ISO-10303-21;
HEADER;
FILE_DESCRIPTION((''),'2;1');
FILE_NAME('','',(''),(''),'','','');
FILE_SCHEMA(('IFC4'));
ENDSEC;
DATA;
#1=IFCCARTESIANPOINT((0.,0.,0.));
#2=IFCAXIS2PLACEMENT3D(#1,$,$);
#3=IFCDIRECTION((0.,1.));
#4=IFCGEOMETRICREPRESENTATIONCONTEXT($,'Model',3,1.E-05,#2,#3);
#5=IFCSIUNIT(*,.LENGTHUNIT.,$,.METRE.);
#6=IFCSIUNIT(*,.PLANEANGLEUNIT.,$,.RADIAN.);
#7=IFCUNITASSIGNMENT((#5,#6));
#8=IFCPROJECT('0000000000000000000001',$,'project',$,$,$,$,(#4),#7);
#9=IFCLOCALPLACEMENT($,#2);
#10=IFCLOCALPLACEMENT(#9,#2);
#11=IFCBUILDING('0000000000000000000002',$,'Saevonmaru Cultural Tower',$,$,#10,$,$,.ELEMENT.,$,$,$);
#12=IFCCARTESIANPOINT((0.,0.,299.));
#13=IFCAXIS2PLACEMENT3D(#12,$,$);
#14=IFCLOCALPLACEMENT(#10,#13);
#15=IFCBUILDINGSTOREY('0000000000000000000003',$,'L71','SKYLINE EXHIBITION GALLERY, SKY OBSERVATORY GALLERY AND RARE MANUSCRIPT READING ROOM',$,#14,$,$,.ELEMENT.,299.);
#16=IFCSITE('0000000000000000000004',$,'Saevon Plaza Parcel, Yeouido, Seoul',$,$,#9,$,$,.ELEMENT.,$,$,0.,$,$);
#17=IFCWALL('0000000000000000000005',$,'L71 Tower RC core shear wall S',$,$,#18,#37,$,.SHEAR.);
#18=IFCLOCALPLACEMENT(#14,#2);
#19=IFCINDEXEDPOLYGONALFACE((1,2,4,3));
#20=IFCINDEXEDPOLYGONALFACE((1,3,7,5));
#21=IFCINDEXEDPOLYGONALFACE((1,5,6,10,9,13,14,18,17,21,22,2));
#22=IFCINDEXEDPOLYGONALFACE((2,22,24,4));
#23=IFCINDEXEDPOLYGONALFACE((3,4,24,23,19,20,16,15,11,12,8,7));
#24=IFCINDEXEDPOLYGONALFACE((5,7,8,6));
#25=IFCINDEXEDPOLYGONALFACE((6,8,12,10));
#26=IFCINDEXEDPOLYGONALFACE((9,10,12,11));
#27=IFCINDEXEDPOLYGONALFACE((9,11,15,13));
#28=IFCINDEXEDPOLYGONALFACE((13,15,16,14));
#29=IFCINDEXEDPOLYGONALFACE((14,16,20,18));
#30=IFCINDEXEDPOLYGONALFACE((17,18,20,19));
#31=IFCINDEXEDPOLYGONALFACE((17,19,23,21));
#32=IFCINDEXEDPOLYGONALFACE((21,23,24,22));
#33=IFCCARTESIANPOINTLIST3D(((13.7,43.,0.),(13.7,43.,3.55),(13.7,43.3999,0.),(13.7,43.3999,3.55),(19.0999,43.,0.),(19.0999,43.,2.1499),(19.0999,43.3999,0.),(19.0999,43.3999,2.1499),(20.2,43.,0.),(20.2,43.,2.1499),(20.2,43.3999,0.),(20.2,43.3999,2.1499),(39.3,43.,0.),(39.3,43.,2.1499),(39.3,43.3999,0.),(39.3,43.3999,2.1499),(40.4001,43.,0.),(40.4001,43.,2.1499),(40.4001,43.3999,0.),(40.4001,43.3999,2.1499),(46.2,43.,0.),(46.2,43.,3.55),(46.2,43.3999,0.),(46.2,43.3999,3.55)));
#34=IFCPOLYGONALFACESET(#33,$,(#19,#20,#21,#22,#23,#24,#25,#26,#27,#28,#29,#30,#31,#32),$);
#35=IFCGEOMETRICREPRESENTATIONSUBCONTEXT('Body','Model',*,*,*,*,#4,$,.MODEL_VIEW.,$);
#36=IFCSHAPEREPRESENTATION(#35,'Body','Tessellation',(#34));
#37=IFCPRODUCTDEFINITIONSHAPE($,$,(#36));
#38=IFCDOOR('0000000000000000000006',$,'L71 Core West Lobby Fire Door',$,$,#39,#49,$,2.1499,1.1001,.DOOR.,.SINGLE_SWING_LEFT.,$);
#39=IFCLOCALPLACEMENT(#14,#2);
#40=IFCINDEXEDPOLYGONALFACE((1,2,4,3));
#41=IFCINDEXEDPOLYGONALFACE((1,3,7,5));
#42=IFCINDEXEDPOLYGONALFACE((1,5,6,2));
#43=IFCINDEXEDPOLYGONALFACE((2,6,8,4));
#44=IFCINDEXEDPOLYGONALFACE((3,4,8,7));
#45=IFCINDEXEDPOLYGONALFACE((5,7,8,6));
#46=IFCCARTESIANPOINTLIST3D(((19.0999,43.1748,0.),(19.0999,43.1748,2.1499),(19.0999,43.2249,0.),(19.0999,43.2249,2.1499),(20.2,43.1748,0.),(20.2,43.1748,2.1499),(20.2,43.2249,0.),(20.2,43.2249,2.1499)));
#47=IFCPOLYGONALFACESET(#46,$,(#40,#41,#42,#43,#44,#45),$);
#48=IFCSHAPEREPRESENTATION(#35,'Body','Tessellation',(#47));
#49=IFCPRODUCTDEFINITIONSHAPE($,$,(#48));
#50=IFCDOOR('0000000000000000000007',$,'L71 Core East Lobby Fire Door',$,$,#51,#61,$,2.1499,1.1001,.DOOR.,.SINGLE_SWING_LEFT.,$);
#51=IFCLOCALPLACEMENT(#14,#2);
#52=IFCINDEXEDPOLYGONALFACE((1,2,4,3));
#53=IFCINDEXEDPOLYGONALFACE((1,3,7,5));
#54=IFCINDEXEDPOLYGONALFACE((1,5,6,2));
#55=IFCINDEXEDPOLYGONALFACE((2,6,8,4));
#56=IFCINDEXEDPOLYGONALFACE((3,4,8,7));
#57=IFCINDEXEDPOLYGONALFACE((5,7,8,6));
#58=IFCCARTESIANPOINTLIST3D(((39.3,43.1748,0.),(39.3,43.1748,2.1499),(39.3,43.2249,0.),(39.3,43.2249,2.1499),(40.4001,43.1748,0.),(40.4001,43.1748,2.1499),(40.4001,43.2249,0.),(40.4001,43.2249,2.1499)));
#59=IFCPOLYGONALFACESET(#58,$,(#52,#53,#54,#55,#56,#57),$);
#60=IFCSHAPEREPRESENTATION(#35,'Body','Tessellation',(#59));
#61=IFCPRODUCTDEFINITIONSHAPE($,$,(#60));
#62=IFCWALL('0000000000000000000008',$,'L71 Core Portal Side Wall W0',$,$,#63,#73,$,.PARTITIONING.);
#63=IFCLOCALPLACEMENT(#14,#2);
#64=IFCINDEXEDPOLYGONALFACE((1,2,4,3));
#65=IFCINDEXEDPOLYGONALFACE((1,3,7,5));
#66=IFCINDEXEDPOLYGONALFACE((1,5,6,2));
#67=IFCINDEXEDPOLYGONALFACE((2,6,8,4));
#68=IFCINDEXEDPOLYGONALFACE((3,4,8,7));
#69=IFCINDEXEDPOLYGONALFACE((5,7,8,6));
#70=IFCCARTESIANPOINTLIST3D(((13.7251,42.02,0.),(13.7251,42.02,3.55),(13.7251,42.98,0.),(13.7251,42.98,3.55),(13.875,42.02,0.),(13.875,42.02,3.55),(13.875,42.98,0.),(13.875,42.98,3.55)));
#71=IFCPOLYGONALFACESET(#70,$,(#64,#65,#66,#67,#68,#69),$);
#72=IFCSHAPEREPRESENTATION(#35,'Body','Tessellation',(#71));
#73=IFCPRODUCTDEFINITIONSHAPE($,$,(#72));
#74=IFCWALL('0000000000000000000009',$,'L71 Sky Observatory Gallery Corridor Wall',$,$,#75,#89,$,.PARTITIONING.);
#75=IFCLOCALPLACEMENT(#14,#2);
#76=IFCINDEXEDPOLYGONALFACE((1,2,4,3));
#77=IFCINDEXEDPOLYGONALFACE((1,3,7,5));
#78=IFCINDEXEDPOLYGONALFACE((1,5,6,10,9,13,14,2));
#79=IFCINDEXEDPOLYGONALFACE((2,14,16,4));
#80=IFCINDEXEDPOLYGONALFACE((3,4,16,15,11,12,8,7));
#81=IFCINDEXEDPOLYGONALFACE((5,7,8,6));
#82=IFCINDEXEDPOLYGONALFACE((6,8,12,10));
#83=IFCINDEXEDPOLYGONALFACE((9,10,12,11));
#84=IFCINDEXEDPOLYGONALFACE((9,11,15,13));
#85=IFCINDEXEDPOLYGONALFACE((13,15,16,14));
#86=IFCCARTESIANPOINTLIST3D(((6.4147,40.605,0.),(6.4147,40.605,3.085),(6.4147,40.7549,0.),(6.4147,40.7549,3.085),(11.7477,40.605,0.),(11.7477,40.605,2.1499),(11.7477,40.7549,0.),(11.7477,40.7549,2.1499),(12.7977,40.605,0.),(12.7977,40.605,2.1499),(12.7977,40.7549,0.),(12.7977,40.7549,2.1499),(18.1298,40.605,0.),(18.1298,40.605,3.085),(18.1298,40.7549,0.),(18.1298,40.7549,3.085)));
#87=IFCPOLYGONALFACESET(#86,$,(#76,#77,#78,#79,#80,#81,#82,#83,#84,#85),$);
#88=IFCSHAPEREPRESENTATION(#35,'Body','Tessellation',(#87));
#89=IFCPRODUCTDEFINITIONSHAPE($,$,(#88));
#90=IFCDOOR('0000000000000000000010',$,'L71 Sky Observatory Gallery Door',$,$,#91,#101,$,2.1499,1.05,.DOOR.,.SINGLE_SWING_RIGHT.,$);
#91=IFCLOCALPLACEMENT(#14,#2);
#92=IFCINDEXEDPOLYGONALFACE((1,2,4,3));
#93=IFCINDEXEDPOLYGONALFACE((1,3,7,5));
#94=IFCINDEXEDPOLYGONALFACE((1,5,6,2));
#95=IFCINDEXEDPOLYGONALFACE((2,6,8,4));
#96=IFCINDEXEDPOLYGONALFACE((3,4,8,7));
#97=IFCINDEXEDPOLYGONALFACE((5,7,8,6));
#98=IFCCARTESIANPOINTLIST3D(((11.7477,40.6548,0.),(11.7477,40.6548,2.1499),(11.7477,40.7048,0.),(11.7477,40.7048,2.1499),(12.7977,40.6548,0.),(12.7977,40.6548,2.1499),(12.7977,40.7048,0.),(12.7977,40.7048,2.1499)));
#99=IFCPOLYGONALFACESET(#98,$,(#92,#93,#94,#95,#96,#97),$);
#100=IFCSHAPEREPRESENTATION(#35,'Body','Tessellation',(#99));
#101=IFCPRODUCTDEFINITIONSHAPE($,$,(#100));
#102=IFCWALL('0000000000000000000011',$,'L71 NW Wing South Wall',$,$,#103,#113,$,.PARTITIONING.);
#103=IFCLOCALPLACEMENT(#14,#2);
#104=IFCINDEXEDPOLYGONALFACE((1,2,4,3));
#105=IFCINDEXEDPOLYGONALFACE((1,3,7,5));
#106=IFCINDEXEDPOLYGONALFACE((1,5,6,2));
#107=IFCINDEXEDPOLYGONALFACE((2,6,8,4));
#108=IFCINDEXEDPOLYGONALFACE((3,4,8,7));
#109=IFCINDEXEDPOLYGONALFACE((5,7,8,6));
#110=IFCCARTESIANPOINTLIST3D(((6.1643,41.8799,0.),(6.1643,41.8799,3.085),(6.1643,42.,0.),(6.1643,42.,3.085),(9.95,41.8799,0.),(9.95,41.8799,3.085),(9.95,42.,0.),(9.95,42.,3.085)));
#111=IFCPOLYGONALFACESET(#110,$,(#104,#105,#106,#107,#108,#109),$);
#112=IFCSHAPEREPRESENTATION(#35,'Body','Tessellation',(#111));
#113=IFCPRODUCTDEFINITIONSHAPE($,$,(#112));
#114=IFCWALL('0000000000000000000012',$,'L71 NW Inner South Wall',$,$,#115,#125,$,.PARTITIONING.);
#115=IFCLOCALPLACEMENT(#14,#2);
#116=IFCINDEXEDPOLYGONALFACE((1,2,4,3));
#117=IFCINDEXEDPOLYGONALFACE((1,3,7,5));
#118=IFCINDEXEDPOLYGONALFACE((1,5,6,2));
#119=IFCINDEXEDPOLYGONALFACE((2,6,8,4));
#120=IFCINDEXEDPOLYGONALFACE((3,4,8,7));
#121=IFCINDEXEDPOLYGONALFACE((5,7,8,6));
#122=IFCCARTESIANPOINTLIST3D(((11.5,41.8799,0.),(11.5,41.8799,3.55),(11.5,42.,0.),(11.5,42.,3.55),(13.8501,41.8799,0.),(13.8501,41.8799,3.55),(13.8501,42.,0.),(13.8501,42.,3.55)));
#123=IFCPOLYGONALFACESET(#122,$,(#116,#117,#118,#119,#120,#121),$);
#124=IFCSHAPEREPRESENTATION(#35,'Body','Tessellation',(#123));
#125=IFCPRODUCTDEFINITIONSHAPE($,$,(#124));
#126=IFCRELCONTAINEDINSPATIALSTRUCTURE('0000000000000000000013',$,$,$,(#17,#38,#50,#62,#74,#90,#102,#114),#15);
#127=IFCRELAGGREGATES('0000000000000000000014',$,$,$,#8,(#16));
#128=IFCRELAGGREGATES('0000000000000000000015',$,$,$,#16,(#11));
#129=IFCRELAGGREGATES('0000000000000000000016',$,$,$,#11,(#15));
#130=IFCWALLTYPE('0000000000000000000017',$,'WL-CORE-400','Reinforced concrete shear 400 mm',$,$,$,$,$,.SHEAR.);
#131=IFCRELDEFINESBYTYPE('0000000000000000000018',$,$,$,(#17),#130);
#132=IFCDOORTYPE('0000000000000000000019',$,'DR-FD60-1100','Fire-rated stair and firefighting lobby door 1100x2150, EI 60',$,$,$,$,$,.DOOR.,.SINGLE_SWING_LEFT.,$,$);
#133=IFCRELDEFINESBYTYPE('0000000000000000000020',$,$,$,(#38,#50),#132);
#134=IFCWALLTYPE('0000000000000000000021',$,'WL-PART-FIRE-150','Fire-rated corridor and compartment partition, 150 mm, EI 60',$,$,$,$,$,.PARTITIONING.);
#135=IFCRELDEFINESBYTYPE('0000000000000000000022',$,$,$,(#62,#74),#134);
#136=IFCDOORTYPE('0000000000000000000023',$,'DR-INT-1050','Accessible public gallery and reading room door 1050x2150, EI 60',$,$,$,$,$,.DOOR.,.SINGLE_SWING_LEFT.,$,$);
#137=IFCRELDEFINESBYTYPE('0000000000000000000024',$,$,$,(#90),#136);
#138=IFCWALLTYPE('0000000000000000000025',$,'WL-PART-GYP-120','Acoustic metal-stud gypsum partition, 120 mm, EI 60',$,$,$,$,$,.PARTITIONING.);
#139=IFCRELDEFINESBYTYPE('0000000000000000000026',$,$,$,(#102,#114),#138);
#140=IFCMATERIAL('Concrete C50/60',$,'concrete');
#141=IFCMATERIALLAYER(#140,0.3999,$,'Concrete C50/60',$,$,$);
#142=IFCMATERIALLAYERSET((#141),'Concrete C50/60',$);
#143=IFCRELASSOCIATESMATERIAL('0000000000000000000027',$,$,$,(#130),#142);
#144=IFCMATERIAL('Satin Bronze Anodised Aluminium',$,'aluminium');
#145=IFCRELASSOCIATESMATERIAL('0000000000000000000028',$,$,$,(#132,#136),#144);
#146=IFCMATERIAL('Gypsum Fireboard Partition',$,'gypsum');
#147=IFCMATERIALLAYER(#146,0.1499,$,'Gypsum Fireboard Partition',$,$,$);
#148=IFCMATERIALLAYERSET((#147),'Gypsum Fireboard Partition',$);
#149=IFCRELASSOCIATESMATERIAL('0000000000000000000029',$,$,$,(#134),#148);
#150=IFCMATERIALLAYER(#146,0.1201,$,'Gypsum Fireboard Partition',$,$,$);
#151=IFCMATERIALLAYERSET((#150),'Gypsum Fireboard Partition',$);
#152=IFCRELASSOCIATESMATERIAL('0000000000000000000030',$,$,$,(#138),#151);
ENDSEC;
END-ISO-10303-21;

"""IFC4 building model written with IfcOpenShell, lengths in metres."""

from ifc_helpers import new_model, si_unit, direction, frame, frame_2d, origin, place, context, subcontext, project, spatial, rectangle, extrude, material, layer, layer_set, type_object, element, fill, save


model = new_model("IFC4")

# Units and contexts
model_context = context("Model", 3, precision=1e-05, world=origin(), true_north=direction((0.0, 1.0)))
body_context = subcontext(model_context, "Body", "Model", "MODEL_VIEW")
ifc_project = project(units=[si_unit("LENGTHUNIT", "METRE"), si_unit("PLANEANGLEUNIT", "RADIAN")], contexts=[model_context])

# Site, building, storey
site_placement = place(None, origin())
site = spatial("IfcSite", under=ifc_project, at=site_placement, Name="Saevon Plaza Parcel, Yeouido, Seoul", CompositionType="ELEMENT", RefElevation=0.0)
building_placement = place(site_placement, origin())
building = spatial("IfcBuilding", under=site, at=building_placement, Name="Saevonmaru Cultural Tower", CompositionType="ELEMENT")
storey_placement = place(building_placement, frame((0.0, 0.0, 299.0)))
storey = spatial("IfcBuildingStorey", under=building, at=storey_placement, Name="L71", Description="SKYLINE EXHIBITION GALLERY, SKY OBSERVATORY GALLERY AND RARE MANUSCRIPT READING ROOM", CompositionType="ELEMENT", Elevation=299.0)

# Shared definitions
ifc_material_1 = material(Name="Satin Bronze Anodised Aluminium", Category="aluminium")

# Wall, openings, doors
ifc_material_2 = material(Name="Concrete C50/60", Category="concrete")
ifc_layer_1 = layer(ifc_material_2, 0.3999, Name="Concrete C50/60")
ifc_layer_set_1 = layer_set([ifc_layer_1], Name="Concrete C50/60")
wall_type_1 = type_object("IfcWallType", Name="WL-CORE-400", Description="Reinforced concrete shear 400 mm", PredefinedType="SHEAR", material=ifc_layer_set_1)
wall_1_placement = place(storey_placement, frame((13.7, 43.2, 0.0), z_axis=(0.0, 0.0, 1.0), x_axis=(1.0, 0.0, 0.0)))
wall_1 = element("IfcWall", 1, at=wall_1_placement, inside=storey, type_object=wall_type_1, Name="L71 Tower RC core shear wall S", PredefinedType="SHEAR", context=body_context, shape_type="SweptSolid", body=[
    extrude(rectangle(XDim=32.5, YDim=0.3999, at=frame_2d((16.25, 0.0))), origin(), (0.0, 0.0, 1.0), 3.55),
])
opening_1_placement = place(wall_1_placement, frame((5.3999, 0.0, 0.0)))
opening_1 = element("IfcOpeningElement", 2, at=opening_1_placement, cuts=wall_1, PredefinedType="OPENING", context=body_context, shape_type="SweptSolid", body=[
    extrude(rectangle(XDim=1.1001, YDim=2.1499, at=frame_2d((0.55, 1.075))), frame((0.0, 0.21, 0.0), z_axis=(0.0, -1.0, 0.0), x_axis=(1.0, 0.0, 0.0)), (0.0, 0.0, 1.0), 0.4199),
])
opening_2_placement = place(wall_1_placement, frame((25.6001, 0.0, 0.0)))
opening_2 = element("IfcOpeningElement", 3, at=opening_2_placement, cuts=wall_1, PredefinedType="OPENING", context=body_context, shape_type="SweptSolid", body=[
    extrude(rectangle(XDim=1.1001, YDim=2.1499, at=frame_2d((0.55, 1.075))), frame((0.0, 0.21, 0.0), z_axis=(0.0, -1.0, 0.0), x_axis=(1.0, 0.0, 0.0)), (0.0, 0.0, 1.0), 0.4199),
])
door_type_1 = type_object("IfcDoorType", Name="DR-FD60-1100", Description="Fire-rated stair and firefighting lobby door 1100x2150, EI 60", OperationType="SINGLE_SWING_LEFT", PredefinedType="DOOR", material=ifc_material_1)
door_1_placement = place(opening_1_placement, origin())
door_1 = element("IfcDoor", 4, at=door_1_placement, inside=storey, type_object=door_type_1, Name="L71 Core West Lobby Fire Door", OperationType="SINGLE_SWING_LEFT", OverallHeight=2.1499, OverallWidth=1.1001, PredefinedType="DOOR", context=body_context, shape_type="SweptSolid", body=[
    extrude(rectangle(XDim=1.1001, YDim=2.1499, at=frame_2d((0.55, 1.075))), frame((0.0, 0.0249, 0.0), z_axis=(0.0, -1.0, 0.0), x_axis=(1.0, 0.0, 0.0)), (0.0, 0.0, 1.0), 0.05),
])
fill(opening_1, door_1)
door_2_placement = place(opening_2_placement, origin())
door_2 = element("IfcDoor", 5, at=door_2_placement, inside=storey, type_object=door_type_1, Name="L71 Core East Lobby Fire Door", OperationType="SINGLE_SWING_LEFT", OverallHeight=2.1499, OverallWidth=1.1001, PredefinedType="DOOR", context=body_context, shape_type="SweptSolid", body=[
    extrude(rectangle(XDim=1.1001, YDim=2.1499, at=frame_2d((0.55, 1.075))), frame((0.0, 0.0249, 0.0), z_axis=(0.0, -1.0, 0.0), x_axis=(1.0, 0.0, 0.0)), (0.0, 0.0, 1.0), 0.05),
])
fill(opening_2, door_2)

# Shared definitions
ifc_material_3 = material(Name="Gypsum Fireboard Partition", Category="gypsum")
ifc_layer_2 = layer(ifc_material_3, 0.1499, Name="Gypsum Fireboard Partition")
ifc_layer_set_2 = layer_set([ifc_layer_2], Name="Gypsum Fireboard Partition")
wall_type_2 = type_object("IfcWallType", Name="WL-PART-FIRE-150", Description="Fire-rated corridor and compartment partition, 150 mm, EI 60", PredefinedType="PARTITIONING", material=ifc_layer_set_2)
door_type_2 = type_object("IfcDoorType", Name="DR-INT-1050", Description="Accessible public gallery and reading room door 1050x2150, EI 60", OperationType="SINGLE_SWING_LEFT", PredefinedType="DOOR", material=ifc_material_1)

# Wall
wall_2_placement = place(storey_placement, frame((13.8, 42.02, 0.0), z_axis=(0.0, 0.0, 1.0), x_axis=(0.0, 1.0, 0.0)))
element("IfcWall", 6, at=wall_2_placement, inside=storey, type_object=wall_type_2, Name="L71 Core Portal Side Wall W0", PredefinedType="PARTITIONING", context=body_context, shape_type="SweptSolid", body=[
    extrude(rectangle(XDim=0.96, YDim=0.1499, at=frame_2d((0.48, 0.0))), origin(), (0.0, 0.0, 1.0), 3.55),
])

# Wall, opening, door
wall_3_placement = place(storey_placement, frame((6.4148, 40.6799, 0.0), z_axis=(0.0, 0.0, 1.0), x_axis=(1.0, 0.0, 0.0)))
wall_3 = element("IfcWall", 7, at=wall_3_placement, inside=storey, type_object=wall_type_2, Name="L71 Sky Observatory Gallery Corridor Wall", PredefinedType="PARTITIONING", context=body_context, shape_type="SweptSolid", body=[
    extrude(rectangle(XDim=11.7151, YDim=0.1499, at=frame_2d((5.8574, 0.0))), origin(), (0.0, 0.0, 1.0), 3.085),
])
opening_3_placement = place(wall_3_placement, frame((5.333, 0.0, 0.0)))
opening_3 = element("IfcOpeningElement", 8, at=opening_3_placement, cuts=wall_3, PredefinedType="OPENING", context=body_context, shape_type="SweptSolid", body=[
    extrude(rectangle(XDim=1.05, YDim=2.1499, at=frame_2d((0.5249, 1.075))), frame((0.0, 0.085, 0.0), z_axis=(0.0, -1.0, 0.0), x_axis=(1.0, 0.0, 0.0)), (0.0, 0.0, 1.0), 0.1699),
])
door_3_placement = place(opening_3_placement, origin())
door_3 = element("IfcDoor", 9, at=door_3_placement, inside=storey, type_object=door_type_2, Name="L71 Sky Observatory Gallery Door", OperationType="SINGLE_SWING_RIGHT", OverallHeight=2.1499, OverallWidth=1.05, PredefinedType="DOOR", context=body_context, shape_type="SweptSolid", body=[
    extrude(rectangle(XDim=1.05, YDim=2.1499, at=frame_2d((0.5249, 1.075))), frame((0.0, 0.0249, 0.0), z_axis=(0.0, -1.0, 0.0), x_axis=(1.0, 0.0, 0.0)), (0.0, 0.0, 1.0), 0.05),
])
fill(opening_3, door_3)

# Walls
ifc_layer_3 = layer(ifc_material_3, 0.1201, Name="Gypsum Fireboard Partition")
ifc_layer_set_3 = layer_set([ifc_layer_3], Name="Gypsum Fireboard Partition")
wall_type_3 = type_object("IfcWallType", Name="WL-PART-GYP-120", Description="Acoustic metal-stud gypsum partition, 120 mm, EI 60", PredefinedType="PARTITIONING", material=ifc_layer_set_3)
wall_4_placement = place(storey_placement, frame((6.1643, 41.9399, 0.0), z_axis=(0.0, 0.0, 1.0), x_axis=(1.0, 0.0, 0.0)))
element("IfcWall", 10, at=wall_4_placement, inside=storey, type_object=wall_type_3, Name="L71 NW Wing South Wall", PredefinedType="PARTITIONING", context=body_context, shape_type="SweptSolid", body=[
    extrude(rectangle(XDim=3.7856, YDim=0.1201, at=frame_2d((1.8928, 0.0))), origin(), (0.0, 0.0, 1.0), 3.085),
])
wall_5_placement = place(storey_placement, frame((11.5, 41.9399, 0.0), z_axis=(0.0, 0.0, 1.0), x_axis=(1.0, 0.0, 0.0)))
element("IfcWall", 11, at=wall_5_placement, inside=storey, type_object=wall_type_3, Name="L71 NW Inner South Wall", PredefinedType="PARTITIONING", context=body_context, shape_type="SweptSolid", body=[
    extrude(rectangle(XDim=2.3501, YDim=0.1201, at=frame_2d((1.175, 0.0))), origin(), (0.0, 0.0, 1.0), 3.55),
])

save(model, "model.ifc")
